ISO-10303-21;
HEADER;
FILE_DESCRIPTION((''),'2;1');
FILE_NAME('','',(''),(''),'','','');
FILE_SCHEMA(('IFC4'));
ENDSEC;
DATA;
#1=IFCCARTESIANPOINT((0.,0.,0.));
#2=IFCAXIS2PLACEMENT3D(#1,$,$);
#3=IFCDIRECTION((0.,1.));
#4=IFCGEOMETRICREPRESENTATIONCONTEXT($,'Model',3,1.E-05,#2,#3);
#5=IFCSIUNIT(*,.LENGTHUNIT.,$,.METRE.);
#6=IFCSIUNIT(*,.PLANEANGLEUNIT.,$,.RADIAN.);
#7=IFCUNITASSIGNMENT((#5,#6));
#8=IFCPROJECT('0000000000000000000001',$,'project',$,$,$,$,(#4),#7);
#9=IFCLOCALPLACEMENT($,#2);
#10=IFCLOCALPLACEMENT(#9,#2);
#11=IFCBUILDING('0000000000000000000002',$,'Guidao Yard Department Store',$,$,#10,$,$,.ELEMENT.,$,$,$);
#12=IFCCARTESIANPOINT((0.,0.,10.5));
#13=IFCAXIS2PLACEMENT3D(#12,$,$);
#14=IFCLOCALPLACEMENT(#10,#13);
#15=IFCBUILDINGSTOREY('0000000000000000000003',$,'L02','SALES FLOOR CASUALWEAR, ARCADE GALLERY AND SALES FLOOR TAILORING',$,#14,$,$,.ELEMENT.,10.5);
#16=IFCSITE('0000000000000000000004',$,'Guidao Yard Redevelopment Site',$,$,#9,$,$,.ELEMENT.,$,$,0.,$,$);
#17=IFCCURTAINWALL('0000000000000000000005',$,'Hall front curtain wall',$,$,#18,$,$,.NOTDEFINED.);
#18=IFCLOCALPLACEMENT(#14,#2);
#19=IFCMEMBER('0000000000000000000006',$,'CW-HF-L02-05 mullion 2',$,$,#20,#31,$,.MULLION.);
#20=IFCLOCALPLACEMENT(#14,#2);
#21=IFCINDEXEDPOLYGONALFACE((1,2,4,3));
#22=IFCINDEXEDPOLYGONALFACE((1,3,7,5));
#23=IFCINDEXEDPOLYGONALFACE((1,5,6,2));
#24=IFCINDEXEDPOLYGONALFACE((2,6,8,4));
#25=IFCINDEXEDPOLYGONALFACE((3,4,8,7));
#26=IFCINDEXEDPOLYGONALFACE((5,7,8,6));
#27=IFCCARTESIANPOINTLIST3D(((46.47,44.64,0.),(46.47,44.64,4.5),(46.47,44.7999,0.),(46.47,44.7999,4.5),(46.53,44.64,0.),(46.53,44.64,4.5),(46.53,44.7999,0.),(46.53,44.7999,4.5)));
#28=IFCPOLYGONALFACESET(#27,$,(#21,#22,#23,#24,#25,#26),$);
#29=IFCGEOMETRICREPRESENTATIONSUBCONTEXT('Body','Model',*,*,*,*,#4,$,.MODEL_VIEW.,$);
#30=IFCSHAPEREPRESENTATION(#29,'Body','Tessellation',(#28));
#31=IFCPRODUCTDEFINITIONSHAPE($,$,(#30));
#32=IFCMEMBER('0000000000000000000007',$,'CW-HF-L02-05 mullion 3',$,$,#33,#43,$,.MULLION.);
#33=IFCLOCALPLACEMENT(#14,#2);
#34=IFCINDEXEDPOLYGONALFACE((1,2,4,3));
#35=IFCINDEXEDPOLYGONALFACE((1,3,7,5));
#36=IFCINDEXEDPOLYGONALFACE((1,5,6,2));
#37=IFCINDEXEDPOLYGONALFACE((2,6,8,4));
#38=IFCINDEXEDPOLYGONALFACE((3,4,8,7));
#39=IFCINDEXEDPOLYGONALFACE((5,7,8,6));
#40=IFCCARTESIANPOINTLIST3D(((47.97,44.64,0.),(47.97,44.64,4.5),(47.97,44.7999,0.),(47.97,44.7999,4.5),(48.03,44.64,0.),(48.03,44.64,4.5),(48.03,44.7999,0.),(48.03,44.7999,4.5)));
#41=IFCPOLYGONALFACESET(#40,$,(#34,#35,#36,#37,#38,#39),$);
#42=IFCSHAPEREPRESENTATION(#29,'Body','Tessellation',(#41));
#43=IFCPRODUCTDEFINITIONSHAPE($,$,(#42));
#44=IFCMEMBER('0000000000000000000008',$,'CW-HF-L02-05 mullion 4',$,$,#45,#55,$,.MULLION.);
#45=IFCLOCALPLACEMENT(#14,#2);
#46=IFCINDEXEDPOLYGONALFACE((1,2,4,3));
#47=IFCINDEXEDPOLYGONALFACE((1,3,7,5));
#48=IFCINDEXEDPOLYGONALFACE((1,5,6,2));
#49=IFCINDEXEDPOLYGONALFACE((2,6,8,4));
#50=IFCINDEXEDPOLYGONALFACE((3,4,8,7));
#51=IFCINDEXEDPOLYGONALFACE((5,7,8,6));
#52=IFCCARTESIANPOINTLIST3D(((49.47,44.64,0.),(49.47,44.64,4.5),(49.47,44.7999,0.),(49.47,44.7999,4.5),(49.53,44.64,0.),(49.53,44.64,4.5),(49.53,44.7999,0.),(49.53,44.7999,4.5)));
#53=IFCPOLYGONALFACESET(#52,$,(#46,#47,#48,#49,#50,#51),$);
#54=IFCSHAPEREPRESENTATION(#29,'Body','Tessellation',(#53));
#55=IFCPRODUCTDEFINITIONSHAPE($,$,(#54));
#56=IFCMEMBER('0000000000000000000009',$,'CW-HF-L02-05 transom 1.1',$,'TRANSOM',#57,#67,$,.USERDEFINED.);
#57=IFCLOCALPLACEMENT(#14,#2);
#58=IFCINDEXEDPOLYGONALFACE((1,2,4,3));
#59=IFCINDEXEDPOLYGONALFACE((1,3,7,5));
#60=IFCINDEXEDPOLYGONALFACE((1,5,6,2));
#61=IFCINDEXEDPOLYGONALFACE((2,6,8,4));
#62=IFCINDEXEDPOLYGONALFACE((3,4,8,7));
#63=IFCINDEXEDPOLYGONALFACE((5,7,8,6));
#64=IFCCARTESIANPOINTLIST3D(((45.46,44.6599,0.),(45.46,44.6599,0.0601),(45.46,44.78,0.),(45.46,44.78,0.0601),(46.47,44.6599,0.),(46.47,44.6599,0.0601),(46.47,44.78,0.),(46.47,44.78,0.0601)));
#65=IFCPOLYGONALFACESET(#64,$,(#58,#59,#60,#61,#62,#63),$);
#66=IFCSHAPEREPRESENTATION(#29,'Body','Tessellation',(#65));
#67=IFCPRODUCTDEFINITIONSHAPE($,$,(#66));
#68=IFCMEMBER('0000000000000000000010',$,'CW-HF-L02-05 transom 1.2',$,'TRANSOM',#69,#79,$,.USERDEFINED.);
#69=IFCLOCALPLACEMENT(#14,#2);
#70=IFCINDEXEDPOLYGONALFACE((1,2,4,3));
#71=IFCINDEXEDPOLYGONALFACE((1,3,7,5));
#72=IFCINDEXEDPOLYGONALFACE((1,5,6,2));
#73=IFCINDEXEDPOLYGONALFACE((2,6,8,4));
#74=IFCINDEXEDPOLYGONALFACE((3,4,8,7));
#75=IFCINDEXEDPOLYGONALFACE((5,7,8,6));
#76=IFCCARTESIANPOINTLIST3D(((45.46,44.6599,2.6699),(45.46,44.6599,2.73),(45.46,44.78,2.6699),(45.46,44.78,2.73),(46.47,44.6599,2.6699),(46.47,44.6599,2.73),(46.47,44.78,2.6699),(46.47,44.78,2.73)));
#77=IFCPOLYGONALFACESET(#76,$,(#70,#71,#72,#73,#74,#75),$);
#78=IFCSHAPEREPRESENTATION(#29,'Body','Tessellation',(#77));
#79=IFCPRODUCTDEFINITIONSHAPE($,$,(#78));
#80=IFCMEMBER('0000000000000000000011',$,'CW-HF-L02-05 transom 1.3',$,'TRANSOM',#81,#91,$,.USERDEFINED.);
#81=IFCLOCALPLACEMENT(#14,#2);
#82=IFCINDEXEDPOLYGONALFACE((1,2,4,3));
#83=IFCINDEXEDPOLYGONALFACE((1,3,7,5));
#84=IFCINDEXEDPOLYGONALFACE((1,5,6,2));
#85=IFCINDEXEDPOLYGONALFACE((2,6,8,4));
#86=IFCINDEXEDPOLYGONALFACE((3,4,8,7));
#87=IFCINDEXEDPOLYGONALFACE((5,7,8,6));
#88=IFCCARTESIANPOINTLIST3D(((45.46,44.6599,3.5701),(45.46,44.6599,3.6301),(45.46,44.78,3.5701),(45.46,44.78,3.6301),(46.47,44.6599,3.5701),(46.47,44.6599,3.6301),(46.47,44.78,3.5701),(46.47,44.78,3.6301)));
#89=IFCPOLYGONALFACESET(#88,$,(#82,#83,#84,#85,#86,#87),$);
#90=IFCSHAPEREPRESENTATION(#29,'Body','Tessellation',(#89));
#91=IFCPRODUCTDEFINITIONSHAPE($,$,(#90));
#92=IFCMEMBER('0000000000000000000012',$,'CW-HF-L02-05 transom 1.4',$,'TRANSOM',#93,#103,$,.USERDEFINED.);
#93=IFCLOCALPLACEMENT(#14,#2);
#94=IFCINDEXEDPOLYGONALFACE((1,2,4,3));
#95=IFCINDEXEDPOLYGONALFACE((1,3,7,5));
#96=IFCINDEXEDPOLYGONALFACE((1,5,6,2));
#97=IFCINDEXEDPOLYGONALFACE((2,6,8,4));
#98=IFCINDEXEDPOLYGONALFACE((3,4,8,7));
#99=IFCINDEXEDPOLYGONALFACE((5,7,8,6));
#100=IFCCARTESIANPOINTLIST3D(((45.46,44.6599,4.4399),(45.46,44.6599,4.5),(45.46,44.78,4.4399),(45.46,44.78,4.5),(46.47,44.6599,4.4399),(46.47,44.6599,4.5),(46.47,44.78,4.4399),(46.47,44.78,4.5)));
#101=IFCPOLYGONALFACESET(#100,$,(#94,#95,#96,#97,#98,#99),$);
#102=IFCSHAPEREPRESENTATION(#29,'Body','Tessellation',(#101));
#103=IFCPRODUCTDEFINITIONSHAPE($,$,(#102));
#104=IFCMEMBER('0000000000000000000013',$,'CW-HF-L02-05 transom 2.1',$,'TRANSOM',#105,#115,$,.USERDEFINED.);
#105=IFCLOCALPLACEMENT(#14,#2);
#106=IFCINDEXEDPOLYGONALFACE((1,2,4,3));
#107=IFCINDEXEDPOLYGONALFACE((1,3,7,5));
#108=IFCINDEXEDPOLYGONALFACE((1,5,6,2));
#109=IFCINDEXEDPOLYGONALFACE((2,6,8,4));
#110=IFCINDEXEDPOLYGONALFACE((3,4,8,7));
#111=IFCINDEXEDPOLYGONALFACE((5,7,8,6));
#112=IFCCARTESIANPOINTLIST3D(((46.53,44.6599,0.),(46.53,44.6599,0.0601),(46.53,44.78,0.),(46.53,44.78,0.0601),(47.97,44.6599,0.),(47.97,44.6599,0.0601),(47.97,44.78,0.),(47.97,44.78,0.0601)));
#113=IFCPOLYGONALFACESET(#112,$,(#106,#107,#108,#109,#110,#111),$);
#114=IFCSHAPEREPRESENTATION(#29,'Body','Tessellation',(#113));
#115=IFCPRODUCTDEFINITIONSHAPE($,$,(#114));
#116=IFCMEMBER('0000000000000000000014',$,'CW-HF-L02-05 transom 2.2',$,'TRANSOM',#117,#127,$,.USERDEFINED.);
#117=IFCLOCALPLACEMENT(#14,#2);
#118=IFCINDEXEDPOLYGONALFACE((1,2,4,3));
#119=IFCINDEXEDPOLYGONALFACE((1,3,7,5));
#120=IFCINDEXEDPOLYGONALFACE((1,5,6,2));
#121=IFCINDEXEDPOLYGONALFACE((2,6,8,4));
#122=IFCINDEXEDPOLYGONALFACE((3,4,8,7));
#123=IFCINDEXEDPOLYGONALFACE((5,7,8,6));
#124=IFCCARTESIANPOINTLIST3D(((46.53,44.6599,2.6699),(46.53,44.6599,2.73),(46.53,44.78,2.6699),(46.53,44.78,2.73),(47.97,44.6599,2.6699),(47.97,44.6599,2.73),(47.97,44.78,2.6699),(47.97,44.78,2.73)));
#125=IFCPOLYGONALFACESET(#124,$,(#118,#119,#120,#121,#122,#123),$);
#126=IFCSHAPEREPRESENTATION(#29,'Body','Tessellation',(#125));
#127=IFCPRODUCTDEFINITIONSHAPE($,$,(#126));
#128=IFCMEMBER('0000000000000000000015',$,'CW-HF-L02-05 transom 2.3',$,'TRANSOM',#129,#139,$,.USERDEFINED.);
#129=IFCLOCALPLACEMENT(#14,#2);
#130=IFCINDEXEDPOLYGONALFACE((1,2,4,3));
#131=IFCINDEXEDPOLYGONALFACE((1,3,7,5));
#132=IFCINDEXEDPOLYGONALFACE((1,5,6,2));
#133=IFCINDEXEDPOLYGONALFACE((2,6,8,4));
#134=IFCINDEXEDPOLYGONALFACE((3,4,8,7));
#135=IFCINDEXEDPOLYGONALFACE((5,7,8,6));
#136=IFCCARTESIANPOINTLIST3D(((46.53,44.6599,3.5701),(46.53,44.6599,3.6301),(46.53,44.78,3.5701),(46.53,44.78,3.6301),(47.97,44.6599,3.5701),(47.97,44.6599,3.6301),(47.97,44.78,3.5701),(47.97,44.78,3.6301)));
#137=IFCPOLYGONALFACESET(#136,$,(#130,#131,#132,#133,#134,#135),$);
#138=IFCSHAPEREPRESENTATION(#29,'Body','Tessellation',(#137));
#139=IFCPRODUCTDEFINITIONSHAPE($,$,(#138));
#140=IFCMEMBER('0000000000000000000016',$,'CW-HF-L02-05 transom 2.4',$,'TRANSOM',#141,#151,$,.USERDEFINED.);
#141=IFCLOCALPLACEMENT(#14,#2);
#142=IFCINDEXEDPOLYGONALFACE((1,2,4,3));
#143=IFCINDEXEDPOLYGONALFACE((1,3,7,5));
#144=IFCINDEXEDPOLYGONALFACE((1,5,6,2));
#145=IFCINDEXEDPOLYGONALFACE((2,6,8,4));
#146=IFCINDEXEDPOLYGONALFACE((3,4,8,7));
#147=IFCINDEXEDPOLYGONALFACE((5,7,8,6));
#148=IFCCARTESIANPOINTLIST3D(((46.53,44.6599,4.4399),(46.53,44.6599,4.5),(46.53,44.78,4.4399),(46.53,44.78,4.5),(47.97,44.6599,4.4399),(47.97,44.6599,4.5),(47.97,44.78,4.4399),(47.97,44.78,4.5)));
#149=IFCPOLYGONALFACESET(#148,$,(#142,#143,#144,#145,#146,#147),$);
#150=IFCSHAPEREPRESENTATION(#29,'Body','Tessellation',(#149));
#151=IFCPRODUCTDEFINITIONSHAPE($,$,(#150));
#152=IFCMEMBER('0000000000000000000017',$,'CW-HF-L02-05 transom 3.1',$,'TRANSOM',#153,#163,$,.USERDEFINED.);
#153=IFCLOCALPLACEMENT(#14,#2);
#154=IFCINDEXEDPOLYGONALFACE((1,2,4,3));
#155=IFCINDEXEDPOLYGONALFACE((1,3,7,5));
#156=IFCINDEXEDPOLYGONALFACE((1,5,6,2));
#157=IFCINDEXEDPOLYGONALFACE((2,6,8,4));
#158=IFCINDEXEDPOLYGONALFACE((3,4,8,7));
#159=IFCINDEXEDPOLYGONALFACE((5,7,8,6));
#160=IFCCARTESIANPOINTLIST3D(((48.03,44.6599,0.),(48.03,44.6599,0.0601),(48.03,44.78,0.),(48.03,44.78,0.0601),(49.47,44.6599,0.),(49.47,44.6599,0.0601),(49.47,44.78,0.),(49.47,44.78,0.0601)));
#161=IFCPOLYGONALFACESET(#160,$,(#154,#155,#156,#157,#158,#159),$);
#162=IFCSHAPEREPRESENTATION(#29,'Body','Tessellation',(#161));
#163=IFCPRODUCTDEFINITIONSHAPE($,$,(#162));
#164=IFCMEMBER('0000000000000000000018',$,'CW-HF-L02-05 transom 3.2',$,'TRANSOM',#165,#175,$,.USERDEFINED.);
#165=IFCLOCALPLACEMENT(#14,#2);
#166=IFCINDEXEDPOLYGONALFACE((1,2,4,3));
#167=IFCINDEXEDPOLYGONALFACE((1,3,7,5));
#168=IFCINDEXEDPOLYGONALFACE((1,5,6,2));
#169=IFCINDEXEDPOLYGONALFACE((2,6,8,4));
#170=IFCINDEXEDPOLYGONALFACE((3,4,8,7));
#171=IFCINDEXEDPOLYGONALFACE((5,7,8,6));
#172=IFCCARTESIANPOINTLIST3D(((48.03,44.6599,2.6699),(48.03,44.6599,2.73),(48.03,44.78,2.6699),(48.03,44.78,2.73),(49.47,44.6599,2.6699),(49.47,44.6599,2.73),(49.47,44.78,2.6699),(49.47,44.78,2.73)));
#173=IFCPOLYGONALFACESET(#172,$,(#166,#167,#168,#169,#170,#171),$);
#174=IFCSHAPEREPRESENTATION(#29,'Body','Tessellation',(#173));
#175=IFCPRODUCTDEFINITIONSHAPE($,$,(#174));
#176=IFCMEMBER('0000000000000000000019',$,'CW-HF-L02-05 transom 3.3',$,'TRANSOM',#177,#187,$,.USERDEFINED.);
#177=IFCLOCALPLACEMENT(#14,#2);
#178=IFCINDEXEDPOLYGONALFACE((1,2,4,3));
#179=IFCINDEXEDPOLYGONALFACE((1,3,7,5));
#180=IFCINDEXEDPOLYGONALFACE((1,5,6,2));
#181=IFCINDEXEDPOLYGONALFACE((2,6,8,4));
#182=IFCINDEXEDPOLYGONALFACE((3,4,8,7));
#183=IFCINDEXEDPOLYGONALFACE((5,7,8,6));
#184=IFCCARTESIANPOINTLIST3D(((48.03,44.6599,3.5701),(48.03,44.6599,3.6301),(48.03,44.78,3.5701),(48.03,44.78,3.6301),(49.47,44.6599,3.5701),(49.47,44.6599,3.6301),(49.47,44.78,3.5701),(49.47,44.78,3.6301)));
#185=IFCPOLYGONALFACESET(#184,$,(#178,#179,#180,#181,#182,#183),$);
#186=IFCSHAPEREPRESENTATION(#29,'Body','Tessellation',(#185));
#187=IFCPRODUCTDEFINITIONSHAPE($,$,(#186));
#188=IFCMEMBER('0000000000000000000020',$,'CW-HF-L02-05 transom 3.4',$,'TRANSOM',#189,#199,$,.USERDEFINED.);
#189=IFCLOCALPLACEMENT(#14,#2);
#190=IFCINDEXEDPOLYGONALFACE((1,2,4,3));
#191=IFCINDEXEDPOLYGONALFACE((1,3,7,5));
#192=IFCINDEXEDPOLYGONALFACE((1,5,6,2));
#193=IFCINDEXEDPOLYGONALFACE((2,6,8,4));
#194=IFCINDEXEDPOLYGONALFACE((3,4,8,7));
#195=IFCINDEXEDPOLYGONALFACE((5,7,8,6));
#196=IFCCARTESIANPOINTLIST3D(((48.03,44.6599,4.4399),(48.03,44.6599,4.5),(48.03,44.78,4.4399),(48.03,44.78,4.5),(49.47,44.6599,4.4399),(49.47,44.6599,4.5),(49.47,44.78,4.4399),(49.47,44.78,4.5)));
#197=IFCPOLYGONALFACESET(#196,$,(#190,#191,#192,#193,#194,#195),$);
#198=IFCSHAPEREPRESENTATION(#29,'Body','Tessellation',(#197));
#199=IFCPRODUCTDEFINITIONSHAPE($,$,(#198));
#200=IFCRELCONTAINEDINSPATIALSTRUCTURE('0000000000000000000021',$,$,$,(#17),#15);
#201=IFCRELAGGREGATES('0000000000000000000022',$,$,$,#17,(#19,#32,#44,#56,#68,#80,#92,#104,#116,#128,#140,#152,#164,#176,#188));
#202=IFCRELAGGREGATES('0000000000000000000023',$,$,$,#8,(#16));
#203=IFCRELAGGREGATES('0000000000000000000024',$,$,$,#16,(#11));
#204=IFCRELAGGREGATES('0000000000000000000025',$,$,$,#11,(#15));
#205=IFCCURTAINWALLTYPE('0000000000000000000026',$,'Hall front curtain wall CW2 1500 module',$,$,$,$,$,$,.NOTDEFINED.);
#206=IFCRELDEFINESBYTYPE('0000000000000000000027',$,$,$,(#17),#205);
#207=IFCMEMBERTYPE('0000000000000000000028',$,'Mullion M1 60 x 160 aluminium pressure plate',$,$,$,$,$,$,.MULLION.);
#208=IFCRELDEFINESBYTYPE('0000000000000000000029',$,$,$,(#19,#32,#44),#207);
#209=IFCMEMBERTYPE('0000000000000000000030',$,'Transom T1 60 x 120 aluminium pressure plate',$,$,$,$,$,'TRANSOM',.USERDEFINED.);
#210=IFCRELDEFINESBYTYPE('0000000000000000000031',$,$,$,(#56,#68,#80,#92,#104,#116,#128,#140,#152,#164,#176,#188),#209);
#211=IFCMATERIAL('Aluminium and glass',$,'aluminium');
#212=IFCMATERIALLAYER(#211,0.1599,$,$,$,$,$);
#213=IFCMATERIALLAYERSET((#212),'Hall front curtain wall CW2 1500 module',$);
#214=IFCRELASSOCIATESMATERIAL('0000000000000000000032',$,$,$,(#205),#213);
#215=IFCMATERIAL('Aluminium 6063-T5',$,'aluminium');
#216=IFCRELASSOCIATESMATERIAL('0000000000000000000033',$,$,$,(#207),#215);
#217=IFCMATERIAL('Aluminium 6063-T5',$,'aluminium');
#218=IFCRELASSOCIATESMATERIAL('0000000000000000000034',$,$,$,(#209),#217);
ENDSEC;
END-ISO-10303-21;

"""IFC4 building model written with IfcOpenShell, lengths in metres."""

from ifc_helpers import new_model, si_unit, direction, frame, origin, origin_2d, place, context, subcontext, project, spatial, rectangle, extrude, material, layer, layer_set, material_profile, profile_set, type_object, element, aggregate, save


model = new_model("IFC4")

# Units and contexts
model_context = context("Model", 3, precision=1e-05, world=origin(), true_north=direction((0.0, 1.0)))
body_context = subcontext(model_context, "Body", "Model", "MODEL_VIEW")
ifc_project = project(units=[si_unit("LENGTHUNIT", "METRE"), si_unit("PLANEANGLEUNIT", "RADIAN")], contexts=[model_context])

# Site, building, storey
site_placement = place(None, origin())
site = spatial("IfcSite", under=ifc_project, at=site_placement, Name="Guidao Yard Redevelopment Site", CompositionType="ELEMENT", RefElevation=0.0)
building_placement = place(site_placement, origin())
building = spatial("IfcBuilding", under=site, at=building_placement, Name="Guidao Yard Department Store", CompositionType="ELEMENT")
storey_placement = place(building_placement, frame((0.0, 0.0, 10.5)))
storey = spatial("IfcBuildingStorey", under=building, at=storey_placement, Name="L02", Description="SALES FLOOR CASUALWEAR, ARCADE GALLERY AND SALES FLOOR TAILORING", CompositionType="ELEMENT", Elevation=10.5)

# Curtain wall, members
ifc_material_1 = material(Name="Aluminium and glass", Category="aluminium")
ifc_layer_1 = layer(ifc_material_1, 0.1599)
ifc_layer_set_1 = layer_set([ifc_layer_1], Name="Hall front curtain wall CW2 1500 module")
curtain_wall_type = type_object("IfcCurtainWallType", Name="Hall front curtain wall CW2 1500 module", PredefinedType="NOTDEFINED", material=ifc_layer_set_1)
curtain_wall_placement = place(storey_placement, origin())
curtain_wall = element("IfcCurtainWall", 1, at=curtain_wall_placement, inside=storey, type_object=curtain_wall_type, Name="Hall front curtain wall", PredefinedType="NOTDEFINED")
ifc_material_2 = material(Name="Aluminium 6063-T5", Category="aluminium")
ifc_material_profile_1 = material_profile(ifc_material_2, rectangle(XDim=0.0601, YDim=0.1599, at=origin_2d()), Name="Mullion M1 60 x 160 aluminium pressure plate")
ifc_profile_set_1 = profile_set([ifc_material_profile_1], Name="Aluminium 6063-T5")
member_type_1 = type_object("IfcMemberType", Name="Mullion M1 60 x 160 aluminium pressure plate", PredefinedType="MULLION", material=ifc_profile_set_1)
member_1_placement = place(storey_placement, frame((46.5, 44.72, 0.0), z_axis=(0.0, 0.0, 1.0), x_axis=(-1.0, 0.0, 0.0)))
member_1 = element("IfcMember", 2, at=member_1_placement, type_object=member_type_1, Name="CW-HF-L02-05 mullion 2", PredefinedType="MULLION", context=body_context, shape_type="SweptSolid", body=[
    extrude(rectangle(XDim=0.0601, YDim=0.1599, at=origin_2d()), origin(), (0.0, 0.0, 1.0), 4.5),
])
member_2_placement = place(storey_placement, frame((48.0, 44.72, 0.0), z_axis=(0.0, 0.0, 1.0), x_axis=(-1.0, 0.0, 0.0)))
member_2 = element("IfcMember", 3, at=member_2_placement, type_object=member_type_1, Name="CW-HF-L02-05 mullion 3", PredefinedType="MULLION", context=body_context, shape_type="SweptSolid", body=[
    extrude(rectangle(XDim=0.0601, YDim=0.1599, at=origin_2d()), origin(), (0.0, 0.0, 1.0), 4.5),
])
member_3_placement = place(storey_placement, frame((49.5, 44.72, 0.0), z_axis=(0.0, 0.0, 1.0), x_axis=(-1.0, 0.0, 0.0)))
member_3 = element("IfcMember", 4, at=member_3_placement, type_object=member_type_1, Name="CW-HF-L02-05 mullion 4", PredefinedType="MULLION", context=body_context, shape_type="SweptSolid", body=[
    extrude(rectangle(XDim=0.0601, YDim=0.1599, at=origin_2d()), origin(), (0.0, 0.0, 1.0), 4.5),
])
ifc_material_3 = material(Name="Aluminium 6063-T5", Category="aluminium")
ifc_material_profile_2 = material_profile(ifc_material_3, rectangle(XDim=0.1201, YDim=0.0601, at=origin_2d()), Name="Transom T1 60 x 120 aluminium pressure plate")
ifc_profile_set_2 = profile_set([ifc_material_profile_2], Name="Aluminium 6063-T5")
member_type_2 = type_object("IfcMemberType", Name="Transom T1 60 x 120 aluminium pressure plate", ElementType="TRANSOM", PredefinedType="USERDEFINED", material=ifc_profile_set_2)
member_4_placement = place(storey_placement, frame((46.47, 44.72, 0.03), z_axis=(-1.0, 0.0, 0.0), x_axis=(0.0, -1.0, 0.0)))
member_4 = element("IfcMember", 5, at=member_4_placement, type_object=member_type_2, Name="CW-HF-L02-05 transom 1.1", ObjectType="TRANSOM", PredefinedType="USERDEFINED", context=body_context, shape_type="SweptSolid", body=[
    extrude(rectangle(XDim=0.1201, YDim=0.0601, at=origin_2d()), origin(), (0.0, 0.0, 1.0), 1.01),
])
member_5_placement = place(storey_placement, frame((46.47, 44.72, 2.7), z_axis=(-1.0, 0.0, 0.0), x_axis=(0.0, -1.0, 0.0)))
member_5 = element("IfcMember", 6, at=member_5_placement, type_object=member_type_2, Name="CW-HF-L02-05 transom 1.2", ObjectType="TRANSOM", PredefinedType="USERDEFINED", context=body_context, shape_type="SweptSolid", body=[
    extrude(rectangle(XDim=0.1201, YDim=0.0601, at=origin_2d()), origin(), (0.0, 0.0, 1.0), 1.01),
])
member_6_placement = place(storey_placement, frame((46.47, 44.72, 3.6001), z_axis=(-1.0, 0.0, 0.0), x_axis=(0.0, -1.0, 0.0)))
member_6 = element("IfcMember", 7, at=member_6_placement, type_object=member_type_2, Name="CW-HF-L02-05 transom 1.3", ObjectType="TRANSOM", PredefinedType="USERDEFINED", context=body_context, shape_type="SweptSolid", body=[
    extrude(rectangle(XDim=0.1201, YDim=0.0601, at=origin_2d()), origin(), (0.0, 0.0, 1.0), 1.01),
])
member_7_placement = place(storey_placement, frame((46.47, 44.72, 4.47), z_axis=(-1.0, 0.0, 0.0), x_axis=(0.0, -1.0, 0.0)))
member_7 = element("IfcMember", 8, at=member_7_placement, type_object=member_type_2, Name="CW-HF-L02-05 transom 1.4", ObjectType="TRANSOM", PredefinedType="USERDEFINED", context=body_context, shape_type="SweptSolid", body=[
    extrude(rectangle(XDim=0.1201, YDim=0.0601, at=origin_2d()), origin(), (0.0, 0.0, 1.0), 1.01),
])
member_8_placement = place(storey_placement, frame((47.97, 44.72, 0.03), z_axis=(-1.0, 0.0, 0.0), x_axis=(0.0, -1.0, 0.0)))
member_8 = element("IfcMember", 9, at=member_8_placement, type_object=member_type_2, Name="CW-HF-L02-05 transom 2.1", ObjectType="TRANSOM", PredefinedType="USERDEFINED", context=body_context, shape_type="SweptSolid", body=[
    extrude(rectangle(XDim=0.1201, YDim=0.0601, at=origin_2d()), origin(), (0.0, 0.0, 1.0), 1.4399),
])
member_9_placement = place(storey_placement, frame((47.97, 44.72, 2.7), z_axis=(-1.0, 0.0, 0.0), x_axis=(0.0, -1.0, 0.0)))
member_9 = element("IfcMember", 10, at=member_9_placement, type_object=member_type_2, Name="CW-HF-L02-05 transom 2.2", ObjectType="TRANSOM", PredefinedType="USERDEFINED", context=body_context, shape_type="SweptSolid", body=[
    extrude(rectangle(XDim=0.1201, YDim=0.0601, at=origin_2d()), origin(), (0.0, 0.0, 1.0), 1.4399),
])
member_10_placement = place(storey_placement, frame((47.97, 44.72, 3.6001), z_axis=(-1.0, 0.0, 0.0), x_axis=(0.0, -1.0, 0.0)))
member_10 = element("IfcMember", 11, at=member_10_placement, type_object=member_type_2, Name="CW-HF-L02-05 transom 2.3", ObjectType="TRANSOM", PredefinedType="USERDEFINED", context=body_context, shape_type="SweptSolid", body=[
    extrude(rectangle(XDim=0.1201, YDim=0.0601, at=origin_2d()), origin(), (0.0, 0.0, 1.0), 1.4399),
])
member_11_placement = place(storey_placement, frame((47.97, 44.72, 4.47), z_axis=(-1.0, 0.0, 0.0), x_axis=(0.0, -1.0, 0.0)))
member_11 = element("IfcMember", 12, at=member_11_placement, type_object=member_type_2, Name="CW-HF-L02-05 transom 2.4", ObjectType="TRANSOM", PredefinedType="USERDEFINED", context=body_context, shape_type="SweptSolid", body=[
    extrude(rectangle(XDim=0.1201, YDim=0.0601, at=origin_2d()), origin(), (0.0, 0.0, 1.0), 1.4399),
])
member_12_placement = place(storey_placement, frame((49.47, 44.72, 0.03), z_axis=(-1.0, 0.0, 0.0), x_axis=(0.0, -1.0, 0.0)))
member_12 = element("IfcMember", 13, at=member_12_placement, type_object=member_type_2, Name="CW-HF-L02-05 transom 3.1", ObjectType="TRANSOM", PredefinedType="USERDEFINED", context=body_context, shape_type="SweptSolid", body=[
    extrude(rectangle(XDim=0.1201, YDim=0.0601, at=origin_2d()), origin(), (0.0, 0.0, 1.0), 1.4399),
])
member_13_placement = place(storey_placement, frame((49.47, 44.72, 2.7), z_axis=(-1.0, 0.0, 0.0), x_axis=(0.0, -1.0, 0.0)))
member_13 = element("IfcMember", 14, at=member_13_placement, type_object=member_type_2, Name="CW-HF-L02-05 transom 3.2", ObjectType="TRANSOM", PredefinedType="USERDEFINED", context=body_context, shape_type="SweptSolid", body=[
    extrude(rectangle(XDim=0.1201, YDim=0.0601, at=origin_2d()), origin(), (0.0, 0.0, 1.0), 1.4399),
])
member_14_placement = place(storey_placement, frame((49.47, 44.72, 3.6001), z_axis=(-1.0, 0.0, 0.0), x_axis=(0.0, -1.0, 0.0)))
member_14 = element("IfcMember", 15, at=member_14_placement, type_object=member_type_2, Name="CW-HF-L02-05 transom 3.3", ObjectType="TRANSOM", PredefinedType="USERDEFINED", context=body_context, shape_type="SweptSolid", body=[
    extrude(rectangle(XDim=0.1201, YDim=0.0601, at=origin_2d()), origin(), (0.0, 0.0, 1.0), 1.4399),
])
member_15_placement = place(storey_placement, frame((49.47, 44.72, 4.47), z_axis=(-1.0, 0.0, 0.0), x_axis=(0.0, -1.0, 0.0)))
member_15 = element("IfcMember", 16, at=member_15_placement, type_object=member_type_2, Name="CW-HF-L02-05 transom 3.4", ObjectType="TRANSOM", PredefinedType="USERDEFINED", context=body_context, shape_type="SweptSolid", body=[
    extrude(rectangle(XDim=0.1201, YDim=0.0601, at=origin_2d()), origin(), (0.0, 0.0, 1.0), 1.4399),
])
aggregate(curtain_wall, [member_1, member_2, member_3, member_4, member_5, member_6, member_7, member_8, member_9, member_10, member_11, member_12, member_13, member_14, member_15])

save(model, "model.ifc")
